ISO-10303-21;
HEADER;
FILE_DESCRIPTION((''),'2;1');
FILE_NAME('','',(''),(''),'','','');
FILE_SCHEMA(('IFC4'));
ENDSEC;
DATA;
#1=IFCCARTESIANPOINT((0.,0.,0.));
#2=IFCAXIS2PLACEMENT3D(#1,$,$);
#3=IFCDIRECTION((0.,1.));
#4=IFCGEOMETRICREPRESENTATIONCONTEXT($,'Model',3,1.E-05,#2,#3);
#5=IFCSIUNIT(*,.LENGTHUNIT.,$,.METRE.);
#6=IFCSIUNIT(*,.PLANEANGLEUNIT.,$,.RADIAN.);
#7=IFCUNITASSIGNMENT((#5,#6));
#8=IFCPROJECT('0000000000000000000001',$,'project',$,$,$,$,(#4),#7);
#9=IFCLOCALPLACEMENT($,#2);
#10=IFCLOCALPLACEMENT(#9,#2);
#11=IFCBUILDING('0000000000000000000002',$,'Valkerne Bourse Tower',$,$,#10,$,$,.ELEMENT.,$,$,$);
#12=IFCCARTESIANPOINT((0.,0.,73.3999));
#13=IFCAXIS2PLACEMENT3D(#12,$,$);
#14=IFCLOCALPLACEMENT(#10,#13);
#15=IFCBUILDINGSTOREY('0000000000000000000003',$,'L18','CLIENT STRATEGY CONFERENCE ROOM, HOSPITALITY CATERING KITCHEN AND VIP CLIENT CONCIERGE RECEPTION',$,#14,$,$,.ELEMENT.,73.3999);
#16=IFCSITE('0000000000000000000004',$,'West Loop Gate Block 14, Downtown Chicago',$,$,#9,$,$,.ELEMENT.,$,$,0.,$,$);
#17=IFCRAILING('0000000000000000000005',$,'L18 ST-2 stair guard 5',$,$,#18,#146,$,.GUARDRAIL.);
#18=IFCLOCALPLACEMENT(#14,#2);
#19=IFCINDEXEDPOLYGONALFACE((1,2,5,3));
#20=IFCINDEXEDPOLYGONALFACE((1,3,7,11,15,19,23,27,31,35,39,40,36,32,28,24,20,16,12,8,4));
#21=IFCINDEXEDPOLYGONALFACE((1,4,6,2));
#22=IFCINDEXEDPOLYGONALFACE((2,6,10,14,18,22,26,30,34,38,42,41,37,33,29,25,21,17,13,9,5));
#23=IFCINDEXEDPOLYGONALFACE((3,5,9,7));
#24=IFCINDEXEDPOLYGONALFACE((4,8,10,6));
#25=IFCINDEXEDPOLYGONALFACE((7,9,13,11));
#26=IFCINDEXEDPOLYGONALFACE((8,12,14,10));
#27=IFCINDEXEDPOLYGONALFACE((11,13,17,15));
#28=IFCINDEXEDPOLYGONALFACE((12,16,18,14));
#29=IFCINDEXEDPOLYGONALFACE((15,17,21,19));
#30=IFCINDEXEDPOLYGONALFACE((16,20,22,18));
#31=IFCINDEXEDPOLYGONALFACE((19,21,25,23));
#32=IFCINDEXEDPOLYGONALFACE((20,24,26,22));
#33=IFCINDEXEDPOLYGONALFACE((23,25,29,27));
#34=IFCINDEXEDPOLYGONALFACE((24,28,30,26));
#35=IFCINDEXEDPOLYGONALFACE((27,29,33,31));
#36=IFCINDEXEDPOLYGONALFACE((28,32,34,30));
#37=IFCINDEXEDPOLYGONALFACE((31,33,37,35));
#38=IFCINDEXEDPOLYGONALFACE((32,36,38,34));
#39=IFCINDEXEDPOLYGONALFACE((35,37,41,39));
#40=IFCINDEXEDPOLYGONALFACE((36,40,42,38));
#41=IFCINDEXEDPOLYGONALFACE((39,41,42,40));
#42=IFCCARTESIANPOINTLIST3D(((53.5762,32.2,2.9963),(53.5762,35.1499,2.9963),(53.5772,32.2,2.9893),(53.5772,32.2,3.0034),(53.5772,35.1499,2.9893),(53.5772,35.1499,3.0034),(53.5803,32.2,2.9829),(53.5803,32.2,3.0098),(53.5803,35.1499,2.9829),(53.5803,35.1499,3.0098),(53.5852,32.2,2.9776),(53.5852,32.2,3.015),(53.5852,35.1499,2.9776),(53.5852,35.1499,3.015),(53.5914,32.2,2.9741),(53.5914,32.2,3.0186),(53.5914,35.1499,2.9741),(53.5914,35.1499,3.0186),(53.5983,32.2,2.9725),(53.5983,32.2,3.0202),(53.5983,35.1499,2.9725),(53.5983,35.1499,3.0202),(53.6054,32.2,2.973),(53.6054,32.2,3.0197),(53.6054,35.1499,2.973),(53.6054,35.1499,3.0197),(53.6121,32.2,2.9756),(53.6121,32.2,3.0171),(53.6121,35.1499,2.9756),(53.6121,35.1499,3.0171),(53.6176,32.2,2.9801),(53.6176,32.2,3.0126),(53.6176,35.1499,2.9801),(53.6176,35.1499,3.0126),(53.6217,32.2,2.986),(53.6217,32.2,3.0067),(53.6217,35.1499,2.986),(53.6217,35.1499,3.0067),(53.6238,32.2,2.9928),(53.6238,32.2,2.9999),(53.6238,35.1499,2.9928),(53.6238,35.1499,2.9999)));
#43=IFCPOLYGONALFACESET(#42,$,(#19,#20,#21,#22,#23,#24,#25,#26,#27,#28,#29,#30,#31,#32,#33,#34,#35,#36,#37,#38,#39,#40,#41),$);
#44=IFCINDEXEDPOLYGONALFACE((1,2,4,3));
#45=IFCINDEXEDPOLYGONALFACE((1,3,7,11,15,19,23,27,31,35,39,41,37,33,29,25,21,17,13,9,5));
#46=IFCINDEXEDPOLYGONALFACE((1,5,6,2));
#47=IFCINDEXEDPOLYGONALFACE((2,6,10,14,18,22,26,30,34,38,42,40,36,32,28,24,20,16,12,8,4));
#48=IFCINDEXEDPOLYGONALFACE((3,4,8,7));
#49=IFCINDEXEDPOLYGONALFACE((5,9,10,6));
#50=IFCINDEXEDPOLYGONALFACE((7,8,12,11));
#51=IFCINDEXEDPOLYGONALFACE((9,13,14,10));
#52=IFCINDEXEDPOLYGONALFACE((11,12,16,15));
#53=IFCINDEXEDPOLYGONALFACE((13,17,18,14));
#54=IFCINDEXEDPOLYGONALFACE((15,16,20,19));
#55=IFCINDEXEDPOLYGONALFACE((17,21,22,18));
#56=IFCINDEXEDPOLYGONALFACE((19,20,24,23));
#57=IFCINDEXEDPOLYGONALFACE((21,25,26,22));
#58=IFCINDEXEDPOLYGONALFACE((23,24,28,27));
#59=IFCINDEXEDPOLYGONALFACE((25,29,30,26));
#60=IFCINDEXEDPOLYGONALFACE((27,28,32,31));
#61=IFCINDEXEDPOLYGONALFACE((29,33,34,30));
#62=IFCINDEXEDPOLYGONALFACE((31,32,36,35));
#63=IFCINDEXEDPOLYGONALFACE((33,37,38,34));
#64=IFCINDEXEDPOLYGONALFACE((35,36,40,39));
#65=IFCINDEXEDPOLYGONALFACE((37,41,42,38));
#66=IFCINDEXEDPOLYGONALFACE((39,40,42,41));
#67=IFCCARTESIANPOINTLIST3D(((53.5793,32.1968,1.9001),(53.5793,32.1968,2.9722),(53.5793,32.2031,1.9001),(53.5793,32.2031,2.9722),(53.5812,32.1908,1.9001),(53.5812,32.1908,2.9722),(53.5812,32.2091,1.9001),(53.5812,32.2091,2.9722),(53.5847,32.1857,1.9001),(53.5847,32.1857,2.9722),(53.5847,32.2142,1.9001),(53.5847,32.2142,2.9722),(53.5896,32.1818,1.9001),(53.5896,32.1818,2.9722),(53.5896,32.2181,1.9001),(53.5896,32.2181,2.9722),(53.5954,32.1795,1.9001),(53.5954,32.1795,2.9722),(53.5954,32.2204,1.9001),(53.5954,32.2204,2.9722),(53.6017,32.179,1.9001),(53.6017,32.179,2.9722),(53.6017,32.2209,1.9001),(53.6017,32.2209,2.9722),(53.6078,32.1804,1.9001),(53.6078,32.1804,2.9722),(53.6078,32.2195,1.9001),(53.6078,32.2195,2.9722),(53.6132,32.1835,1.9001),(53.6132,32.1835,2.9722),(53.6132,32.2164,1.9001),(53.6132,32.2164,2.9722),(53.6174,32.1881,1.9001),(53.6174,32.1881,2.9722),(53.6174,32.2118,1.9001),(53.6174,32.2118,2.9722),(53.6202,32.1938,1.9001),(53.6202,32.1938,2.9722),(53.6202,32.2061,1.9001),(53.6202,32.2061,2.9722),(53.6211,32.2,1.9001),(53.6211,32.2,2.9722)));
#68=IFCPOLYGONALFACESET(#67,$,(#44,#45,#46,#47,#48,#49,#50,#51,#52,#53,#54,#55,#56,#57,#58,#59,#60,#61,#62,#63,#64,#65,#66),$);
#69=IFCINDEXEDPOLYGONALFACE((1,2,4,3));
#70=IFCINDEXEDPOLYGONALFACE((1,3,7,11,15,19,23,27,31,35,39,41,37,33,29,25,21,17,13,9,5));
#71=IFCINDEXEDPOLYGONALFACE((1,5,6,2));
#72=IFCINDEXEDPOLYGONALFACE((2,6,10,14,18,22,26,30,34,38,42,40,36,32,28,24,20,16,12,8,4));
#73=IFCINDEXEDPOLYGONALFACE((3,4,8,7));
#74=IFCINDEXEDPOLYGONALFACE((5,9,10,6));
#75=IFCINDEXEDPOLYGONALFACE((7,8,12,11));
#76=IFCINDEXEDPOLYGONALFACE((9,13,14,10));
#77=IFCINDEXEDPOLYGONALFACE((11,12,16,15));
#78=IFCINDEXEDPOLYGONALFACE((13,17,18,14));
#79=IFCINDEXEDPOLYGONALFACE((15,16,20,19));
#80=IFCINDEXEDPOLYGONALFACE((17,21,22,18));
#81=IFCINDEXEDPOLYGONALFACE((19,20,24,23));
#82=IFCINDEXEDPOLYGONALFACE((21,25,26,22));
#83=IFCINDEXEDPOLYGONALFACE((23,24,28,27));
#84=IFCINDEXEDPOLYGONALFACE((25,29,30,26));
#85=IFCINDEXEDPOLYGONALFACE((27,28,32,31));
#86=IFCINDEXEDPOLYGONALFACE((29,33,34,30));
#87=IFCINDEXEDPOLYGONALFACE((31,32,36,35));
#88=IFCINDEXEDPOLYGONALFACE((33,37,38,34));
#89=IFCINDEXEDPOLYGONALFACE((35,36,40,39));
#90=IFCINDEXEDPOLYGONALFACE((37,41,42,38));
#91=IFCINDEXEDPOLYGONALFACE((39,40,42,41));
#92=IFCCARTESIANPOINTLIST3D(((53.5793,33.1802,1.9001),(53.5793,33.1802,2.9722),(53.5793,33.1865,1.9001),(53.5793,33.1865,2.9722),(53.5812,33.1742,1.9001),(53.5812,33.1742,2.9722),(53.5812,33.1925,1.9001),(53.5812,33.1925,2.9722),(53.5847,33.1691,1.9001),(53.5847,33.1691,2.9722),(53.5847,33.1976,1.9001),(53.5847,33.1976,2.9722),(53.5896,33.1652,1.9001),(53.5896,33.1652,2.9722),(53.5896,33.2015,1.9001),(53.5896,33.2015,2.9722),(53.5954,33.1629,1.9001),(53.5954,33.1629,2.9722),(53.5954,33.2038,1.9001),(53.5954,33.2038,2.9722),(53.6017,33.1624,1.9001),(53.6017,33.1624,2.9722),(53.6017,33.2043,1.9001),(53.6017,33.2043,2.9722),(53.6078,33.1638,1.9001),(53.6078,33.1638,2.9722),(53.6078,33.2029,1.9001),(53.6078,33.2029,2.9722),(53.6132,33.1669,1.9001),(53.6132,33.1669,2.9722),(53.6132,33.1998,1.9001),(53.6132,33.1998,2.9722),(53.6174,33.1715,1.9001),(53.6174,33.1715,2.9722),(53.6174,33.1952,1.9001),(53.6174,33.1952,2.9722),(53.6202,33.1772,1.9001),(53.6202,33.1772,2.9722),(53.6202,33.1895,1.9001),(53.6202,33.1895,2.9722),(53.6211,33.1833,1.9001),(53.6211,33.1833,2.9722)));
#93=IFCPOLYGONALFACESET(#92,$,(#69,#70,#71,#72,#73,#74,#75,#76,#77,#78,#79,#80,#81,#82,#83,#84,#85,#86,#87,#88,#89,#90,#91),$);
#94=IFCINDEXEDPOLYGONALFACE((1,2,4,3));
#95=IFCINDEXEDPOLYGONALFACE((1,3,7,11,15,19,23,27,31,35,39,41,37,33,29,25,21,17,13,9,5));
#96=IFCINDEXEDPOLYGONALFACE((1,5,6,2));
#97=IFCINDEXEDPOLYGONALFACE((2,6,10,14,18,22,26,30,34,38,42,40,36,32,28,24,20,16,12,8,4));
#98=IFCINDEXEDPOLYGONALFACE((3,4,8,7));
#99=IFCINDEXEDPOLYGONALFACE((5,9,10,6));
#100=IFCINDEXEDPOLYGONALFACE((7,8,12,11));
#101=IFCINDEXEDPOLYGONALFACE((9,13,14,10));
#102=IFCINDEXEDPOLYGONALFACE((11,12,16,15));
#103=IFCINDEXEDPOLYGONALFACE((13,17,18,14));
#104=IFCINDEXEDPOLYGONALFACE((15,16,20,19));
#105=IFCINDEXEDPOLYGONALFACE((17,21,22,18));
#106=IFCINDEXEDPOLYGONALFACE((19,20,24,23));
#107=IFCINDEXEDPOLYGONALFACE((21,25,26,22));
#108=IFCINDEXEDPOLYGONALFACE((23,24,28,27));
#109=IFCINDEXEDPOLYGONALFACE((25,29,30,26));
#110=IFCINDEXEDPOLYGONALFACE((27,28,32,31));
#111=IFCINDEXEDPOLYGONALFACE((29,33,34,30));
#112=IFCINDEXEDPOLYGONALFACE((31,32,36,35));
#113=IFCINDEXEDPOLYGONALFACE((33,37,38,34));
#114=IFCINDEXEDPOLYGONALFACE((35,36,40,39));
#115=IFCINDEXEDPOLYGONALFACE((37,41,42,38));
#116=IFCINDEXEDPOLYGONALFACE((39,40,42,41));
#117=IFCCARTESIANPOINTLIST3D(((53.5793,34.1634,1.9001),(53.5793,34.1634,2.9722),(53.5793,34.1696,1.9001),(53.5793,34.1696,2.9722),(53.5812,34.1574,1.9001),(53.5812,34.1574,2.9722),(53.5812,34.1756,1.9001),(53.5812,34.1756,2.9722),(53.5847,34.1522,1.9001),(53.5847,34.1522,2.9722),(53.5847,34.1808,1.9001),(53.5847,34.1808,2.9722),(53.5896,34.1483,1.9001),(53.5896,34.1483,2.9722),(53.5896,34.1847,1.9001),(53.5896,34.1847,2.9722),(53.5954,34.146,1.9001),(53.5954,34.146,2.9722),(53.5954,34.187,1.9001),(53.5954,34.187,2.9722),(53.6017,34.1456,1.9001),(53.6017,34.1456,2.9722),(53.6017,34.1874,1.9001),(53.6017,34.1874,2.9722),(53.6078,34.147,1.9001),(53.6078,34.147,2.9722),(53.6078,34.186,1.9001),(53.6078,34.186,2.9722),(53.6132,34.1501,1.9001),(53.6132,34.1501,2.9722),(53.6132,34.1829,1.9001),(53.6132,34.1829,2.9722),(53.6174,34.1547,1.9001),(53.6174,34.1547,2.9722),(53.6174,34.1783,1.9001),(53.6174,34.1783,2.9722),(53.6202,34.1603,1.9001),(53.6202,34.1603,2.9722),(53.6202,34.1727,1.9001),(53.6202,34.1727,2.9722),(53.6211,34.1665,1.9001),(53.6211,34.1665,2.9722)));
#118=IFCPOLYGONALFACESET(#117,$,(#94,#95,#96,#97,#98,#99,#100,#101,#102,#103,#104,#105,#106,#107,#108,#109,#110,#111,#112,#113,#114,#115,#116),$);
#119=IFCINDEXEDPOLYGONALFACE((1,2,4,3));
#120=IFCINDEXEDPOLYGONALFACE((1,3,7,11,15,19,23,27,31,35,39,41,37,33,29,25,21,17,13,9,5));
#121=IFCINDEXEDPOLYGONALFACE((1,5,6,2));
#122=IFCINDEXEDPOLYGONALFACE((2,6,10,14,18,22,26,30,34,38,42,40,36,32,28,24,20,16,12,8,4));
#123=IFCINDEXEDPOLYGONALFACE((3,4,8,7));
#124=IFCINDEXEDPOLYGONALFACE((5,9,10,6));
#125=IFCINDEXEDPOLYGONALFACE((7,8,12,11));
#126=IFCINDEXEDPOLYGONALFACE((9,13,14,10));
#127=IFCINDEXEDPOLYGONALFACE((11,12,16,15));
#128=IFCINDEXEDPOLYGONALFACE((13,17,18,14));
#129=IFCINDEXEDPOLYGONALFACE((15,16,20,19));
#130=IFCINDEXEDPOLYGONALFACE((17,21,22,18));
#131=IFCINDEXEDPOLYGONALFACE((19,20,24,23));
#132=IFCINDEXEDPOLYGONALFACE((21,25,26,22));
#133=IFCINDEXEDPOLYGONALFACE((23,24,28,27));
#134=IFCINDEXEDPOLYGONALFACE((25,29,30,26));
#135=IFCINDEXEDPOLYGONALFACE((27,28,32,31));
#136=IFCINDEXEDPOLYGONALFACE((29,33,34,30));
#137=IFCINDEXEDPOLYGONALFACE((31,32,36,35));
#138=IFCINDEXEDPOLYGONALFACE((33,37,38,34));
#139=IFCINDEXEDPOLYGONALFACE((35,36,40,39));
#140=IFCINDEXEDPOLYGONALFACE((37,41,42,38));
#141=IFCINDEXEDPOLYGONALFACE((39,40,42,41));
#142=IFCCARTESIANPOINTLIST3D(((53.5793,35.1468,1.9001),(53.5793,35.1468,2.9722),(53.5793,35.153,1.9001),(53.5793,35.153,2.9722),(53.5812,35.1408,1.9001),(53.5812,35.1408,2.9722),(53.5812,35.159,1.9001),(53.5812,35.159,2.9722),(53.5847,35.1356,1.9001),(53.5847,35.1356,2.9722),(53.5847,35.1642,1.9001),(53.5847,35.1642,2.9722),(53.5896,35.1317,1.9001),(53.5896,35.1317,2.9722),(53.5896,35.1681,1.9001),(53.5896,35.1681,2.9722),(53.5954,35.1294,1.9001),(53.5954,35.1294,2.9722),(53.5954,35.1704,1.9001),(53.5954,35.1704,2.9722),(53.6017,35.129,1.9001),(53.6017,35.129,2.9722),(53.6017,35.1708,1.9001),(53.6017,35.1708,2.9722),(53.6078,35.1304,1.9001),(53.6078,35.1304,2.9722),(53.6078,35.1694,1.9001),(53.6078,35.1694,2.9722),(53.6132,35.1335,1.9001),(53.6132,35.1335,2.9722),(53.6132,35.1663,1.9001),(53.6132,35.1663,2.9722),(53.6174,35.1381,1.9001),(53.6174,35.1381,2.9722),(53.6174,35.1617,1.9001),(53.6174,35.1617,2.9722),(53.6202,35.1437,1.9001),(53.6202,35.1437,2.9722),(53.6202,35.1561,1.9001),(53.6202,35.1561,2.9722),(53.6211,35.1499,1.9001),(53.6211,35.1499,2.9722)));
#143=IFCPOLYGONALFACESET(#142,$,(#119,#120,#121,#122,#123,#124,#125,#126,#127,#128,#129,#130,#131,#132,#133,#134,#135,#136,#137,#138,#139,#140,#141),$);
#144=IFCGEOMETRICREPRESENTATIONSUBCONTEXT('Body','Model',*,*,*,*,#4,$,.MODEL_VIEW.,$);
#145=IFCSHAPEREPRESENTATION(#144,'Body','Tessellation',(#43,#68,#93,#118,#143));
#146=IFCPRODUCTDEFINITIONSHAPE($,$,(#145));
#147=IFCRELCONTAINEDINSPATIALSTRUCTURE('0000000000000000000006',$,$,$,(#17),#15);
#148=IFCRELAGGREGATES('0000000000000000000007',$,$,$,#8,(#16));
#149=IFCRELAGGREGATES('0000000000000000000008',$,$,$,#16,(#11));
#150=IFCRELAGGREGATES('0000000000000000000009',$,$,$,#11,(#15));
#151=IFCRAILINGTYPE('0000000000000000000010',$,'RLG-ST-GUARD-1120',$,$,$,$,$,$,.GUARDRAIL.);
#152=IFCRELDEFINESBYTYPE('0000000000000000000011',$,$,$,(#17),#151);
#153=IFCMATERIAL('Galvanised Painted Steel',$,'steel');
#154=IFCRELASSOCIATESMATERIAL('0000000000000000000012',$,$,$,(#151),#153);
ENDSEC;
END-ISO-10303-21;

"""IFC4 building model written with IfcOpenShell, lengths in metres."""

from ifc_helpers import new_model, si_unit, direction, frame, origin, origin_2d, place, context, subcontext, project, spatial, circle, extrude, material, type_object, element, save


model = new_model("IFC4")

# Units and contexts
model_context = context("Model", 3, precision=1e-05, world=origin(), true_north=direction((0.0, 1.0)))
body_context = subcontext(model_context, "Body", "Model", "MODEL_VIEW")
ifc_project = project(units=[si_unit("LENGTHUNIT", "METRE"), si_unit("PLANEANGLEUNIT", "RADIAN")], contexts=[model_context])

# Site, building, storey
site_placement = place(None, origin())
site = spatial("IfcSite", under=ifc_project, at=site_placement, Name="West Loop Gate Block 14, Downtown Chicago", CompositionType="ELEMENT", RefElevation=0.0)
building_placement = place(site_placement, origin())
building = spatial("IfcBuilding", under=site, at=building_placement, Name="Valkerne Bourse Tower", CompositionType="ELEMENT")
storey_placement = place(building_placement, frame((0.0, 0.0, 73.3999)))
storey = spatial("IfcBuildingStorey", under=building, at=storey_placement, Name="L18", Description="CLIENT STRATEGY CONFERENCE ROOM, HOSPITALITY CATERING KITCHEN AND VIP CLIENT CONCIERGE RECEPTION", CompositionType="ELEMENT", Elevation=73.3999)

# Railing
ifc_material_1 = material(Name="Galvanised Painted Steel", Category="steel")
railing_type_1 = type_object("IfcRailingType", Name="RLG-ST-GUARD-1120", PredefinedType="GUARDRAIL", material=ifc_material_1)
railing_1_placement = place(storey_placement, frame((53.6001, 32.2, 1.9001)))
element("IfcRailing", 1, at=railing_1_placement, inside=storey, type_object=railing_type_1, Name="L18 ST-2 stair guard 5", PredefinedType="GUARDRAIL", context=body_context, shape_type="SweptSolid", body=[
    extrude(circle(Radius=0.0239, at=origin_2d()), frame((0.0, 0.0, 1.0962), z_axis=(0.0, 1.0, 0.0), x_axis=(-1.0, 0.0, 0.0)), (0.0, 0.0, 1.0), 2.95),
    extrude(circle(Radius=0.021, at=origin_2d()), origin(), (0.0, 0.0, 1.0), 1.072),
    extrude(circle(Radius=0.021, at=origin_2d()), frame((0.0, 0.9834, 0.0)), (0.0, 0.0, 1.0), 1.072),
    extrude(circle(Radius=0.021, at=origin_2d()), frame((0.0, 1.9666, 0.0)), (0.0, 0.0, 1.0), 1.072),
    extrude(circle(Radius=0.021, at=origin_2d()), frame((0.0, 2.95, 0.0)), (0.0, 0.0, 1.0), 1.072),
])

save(model, "model.ifc")
